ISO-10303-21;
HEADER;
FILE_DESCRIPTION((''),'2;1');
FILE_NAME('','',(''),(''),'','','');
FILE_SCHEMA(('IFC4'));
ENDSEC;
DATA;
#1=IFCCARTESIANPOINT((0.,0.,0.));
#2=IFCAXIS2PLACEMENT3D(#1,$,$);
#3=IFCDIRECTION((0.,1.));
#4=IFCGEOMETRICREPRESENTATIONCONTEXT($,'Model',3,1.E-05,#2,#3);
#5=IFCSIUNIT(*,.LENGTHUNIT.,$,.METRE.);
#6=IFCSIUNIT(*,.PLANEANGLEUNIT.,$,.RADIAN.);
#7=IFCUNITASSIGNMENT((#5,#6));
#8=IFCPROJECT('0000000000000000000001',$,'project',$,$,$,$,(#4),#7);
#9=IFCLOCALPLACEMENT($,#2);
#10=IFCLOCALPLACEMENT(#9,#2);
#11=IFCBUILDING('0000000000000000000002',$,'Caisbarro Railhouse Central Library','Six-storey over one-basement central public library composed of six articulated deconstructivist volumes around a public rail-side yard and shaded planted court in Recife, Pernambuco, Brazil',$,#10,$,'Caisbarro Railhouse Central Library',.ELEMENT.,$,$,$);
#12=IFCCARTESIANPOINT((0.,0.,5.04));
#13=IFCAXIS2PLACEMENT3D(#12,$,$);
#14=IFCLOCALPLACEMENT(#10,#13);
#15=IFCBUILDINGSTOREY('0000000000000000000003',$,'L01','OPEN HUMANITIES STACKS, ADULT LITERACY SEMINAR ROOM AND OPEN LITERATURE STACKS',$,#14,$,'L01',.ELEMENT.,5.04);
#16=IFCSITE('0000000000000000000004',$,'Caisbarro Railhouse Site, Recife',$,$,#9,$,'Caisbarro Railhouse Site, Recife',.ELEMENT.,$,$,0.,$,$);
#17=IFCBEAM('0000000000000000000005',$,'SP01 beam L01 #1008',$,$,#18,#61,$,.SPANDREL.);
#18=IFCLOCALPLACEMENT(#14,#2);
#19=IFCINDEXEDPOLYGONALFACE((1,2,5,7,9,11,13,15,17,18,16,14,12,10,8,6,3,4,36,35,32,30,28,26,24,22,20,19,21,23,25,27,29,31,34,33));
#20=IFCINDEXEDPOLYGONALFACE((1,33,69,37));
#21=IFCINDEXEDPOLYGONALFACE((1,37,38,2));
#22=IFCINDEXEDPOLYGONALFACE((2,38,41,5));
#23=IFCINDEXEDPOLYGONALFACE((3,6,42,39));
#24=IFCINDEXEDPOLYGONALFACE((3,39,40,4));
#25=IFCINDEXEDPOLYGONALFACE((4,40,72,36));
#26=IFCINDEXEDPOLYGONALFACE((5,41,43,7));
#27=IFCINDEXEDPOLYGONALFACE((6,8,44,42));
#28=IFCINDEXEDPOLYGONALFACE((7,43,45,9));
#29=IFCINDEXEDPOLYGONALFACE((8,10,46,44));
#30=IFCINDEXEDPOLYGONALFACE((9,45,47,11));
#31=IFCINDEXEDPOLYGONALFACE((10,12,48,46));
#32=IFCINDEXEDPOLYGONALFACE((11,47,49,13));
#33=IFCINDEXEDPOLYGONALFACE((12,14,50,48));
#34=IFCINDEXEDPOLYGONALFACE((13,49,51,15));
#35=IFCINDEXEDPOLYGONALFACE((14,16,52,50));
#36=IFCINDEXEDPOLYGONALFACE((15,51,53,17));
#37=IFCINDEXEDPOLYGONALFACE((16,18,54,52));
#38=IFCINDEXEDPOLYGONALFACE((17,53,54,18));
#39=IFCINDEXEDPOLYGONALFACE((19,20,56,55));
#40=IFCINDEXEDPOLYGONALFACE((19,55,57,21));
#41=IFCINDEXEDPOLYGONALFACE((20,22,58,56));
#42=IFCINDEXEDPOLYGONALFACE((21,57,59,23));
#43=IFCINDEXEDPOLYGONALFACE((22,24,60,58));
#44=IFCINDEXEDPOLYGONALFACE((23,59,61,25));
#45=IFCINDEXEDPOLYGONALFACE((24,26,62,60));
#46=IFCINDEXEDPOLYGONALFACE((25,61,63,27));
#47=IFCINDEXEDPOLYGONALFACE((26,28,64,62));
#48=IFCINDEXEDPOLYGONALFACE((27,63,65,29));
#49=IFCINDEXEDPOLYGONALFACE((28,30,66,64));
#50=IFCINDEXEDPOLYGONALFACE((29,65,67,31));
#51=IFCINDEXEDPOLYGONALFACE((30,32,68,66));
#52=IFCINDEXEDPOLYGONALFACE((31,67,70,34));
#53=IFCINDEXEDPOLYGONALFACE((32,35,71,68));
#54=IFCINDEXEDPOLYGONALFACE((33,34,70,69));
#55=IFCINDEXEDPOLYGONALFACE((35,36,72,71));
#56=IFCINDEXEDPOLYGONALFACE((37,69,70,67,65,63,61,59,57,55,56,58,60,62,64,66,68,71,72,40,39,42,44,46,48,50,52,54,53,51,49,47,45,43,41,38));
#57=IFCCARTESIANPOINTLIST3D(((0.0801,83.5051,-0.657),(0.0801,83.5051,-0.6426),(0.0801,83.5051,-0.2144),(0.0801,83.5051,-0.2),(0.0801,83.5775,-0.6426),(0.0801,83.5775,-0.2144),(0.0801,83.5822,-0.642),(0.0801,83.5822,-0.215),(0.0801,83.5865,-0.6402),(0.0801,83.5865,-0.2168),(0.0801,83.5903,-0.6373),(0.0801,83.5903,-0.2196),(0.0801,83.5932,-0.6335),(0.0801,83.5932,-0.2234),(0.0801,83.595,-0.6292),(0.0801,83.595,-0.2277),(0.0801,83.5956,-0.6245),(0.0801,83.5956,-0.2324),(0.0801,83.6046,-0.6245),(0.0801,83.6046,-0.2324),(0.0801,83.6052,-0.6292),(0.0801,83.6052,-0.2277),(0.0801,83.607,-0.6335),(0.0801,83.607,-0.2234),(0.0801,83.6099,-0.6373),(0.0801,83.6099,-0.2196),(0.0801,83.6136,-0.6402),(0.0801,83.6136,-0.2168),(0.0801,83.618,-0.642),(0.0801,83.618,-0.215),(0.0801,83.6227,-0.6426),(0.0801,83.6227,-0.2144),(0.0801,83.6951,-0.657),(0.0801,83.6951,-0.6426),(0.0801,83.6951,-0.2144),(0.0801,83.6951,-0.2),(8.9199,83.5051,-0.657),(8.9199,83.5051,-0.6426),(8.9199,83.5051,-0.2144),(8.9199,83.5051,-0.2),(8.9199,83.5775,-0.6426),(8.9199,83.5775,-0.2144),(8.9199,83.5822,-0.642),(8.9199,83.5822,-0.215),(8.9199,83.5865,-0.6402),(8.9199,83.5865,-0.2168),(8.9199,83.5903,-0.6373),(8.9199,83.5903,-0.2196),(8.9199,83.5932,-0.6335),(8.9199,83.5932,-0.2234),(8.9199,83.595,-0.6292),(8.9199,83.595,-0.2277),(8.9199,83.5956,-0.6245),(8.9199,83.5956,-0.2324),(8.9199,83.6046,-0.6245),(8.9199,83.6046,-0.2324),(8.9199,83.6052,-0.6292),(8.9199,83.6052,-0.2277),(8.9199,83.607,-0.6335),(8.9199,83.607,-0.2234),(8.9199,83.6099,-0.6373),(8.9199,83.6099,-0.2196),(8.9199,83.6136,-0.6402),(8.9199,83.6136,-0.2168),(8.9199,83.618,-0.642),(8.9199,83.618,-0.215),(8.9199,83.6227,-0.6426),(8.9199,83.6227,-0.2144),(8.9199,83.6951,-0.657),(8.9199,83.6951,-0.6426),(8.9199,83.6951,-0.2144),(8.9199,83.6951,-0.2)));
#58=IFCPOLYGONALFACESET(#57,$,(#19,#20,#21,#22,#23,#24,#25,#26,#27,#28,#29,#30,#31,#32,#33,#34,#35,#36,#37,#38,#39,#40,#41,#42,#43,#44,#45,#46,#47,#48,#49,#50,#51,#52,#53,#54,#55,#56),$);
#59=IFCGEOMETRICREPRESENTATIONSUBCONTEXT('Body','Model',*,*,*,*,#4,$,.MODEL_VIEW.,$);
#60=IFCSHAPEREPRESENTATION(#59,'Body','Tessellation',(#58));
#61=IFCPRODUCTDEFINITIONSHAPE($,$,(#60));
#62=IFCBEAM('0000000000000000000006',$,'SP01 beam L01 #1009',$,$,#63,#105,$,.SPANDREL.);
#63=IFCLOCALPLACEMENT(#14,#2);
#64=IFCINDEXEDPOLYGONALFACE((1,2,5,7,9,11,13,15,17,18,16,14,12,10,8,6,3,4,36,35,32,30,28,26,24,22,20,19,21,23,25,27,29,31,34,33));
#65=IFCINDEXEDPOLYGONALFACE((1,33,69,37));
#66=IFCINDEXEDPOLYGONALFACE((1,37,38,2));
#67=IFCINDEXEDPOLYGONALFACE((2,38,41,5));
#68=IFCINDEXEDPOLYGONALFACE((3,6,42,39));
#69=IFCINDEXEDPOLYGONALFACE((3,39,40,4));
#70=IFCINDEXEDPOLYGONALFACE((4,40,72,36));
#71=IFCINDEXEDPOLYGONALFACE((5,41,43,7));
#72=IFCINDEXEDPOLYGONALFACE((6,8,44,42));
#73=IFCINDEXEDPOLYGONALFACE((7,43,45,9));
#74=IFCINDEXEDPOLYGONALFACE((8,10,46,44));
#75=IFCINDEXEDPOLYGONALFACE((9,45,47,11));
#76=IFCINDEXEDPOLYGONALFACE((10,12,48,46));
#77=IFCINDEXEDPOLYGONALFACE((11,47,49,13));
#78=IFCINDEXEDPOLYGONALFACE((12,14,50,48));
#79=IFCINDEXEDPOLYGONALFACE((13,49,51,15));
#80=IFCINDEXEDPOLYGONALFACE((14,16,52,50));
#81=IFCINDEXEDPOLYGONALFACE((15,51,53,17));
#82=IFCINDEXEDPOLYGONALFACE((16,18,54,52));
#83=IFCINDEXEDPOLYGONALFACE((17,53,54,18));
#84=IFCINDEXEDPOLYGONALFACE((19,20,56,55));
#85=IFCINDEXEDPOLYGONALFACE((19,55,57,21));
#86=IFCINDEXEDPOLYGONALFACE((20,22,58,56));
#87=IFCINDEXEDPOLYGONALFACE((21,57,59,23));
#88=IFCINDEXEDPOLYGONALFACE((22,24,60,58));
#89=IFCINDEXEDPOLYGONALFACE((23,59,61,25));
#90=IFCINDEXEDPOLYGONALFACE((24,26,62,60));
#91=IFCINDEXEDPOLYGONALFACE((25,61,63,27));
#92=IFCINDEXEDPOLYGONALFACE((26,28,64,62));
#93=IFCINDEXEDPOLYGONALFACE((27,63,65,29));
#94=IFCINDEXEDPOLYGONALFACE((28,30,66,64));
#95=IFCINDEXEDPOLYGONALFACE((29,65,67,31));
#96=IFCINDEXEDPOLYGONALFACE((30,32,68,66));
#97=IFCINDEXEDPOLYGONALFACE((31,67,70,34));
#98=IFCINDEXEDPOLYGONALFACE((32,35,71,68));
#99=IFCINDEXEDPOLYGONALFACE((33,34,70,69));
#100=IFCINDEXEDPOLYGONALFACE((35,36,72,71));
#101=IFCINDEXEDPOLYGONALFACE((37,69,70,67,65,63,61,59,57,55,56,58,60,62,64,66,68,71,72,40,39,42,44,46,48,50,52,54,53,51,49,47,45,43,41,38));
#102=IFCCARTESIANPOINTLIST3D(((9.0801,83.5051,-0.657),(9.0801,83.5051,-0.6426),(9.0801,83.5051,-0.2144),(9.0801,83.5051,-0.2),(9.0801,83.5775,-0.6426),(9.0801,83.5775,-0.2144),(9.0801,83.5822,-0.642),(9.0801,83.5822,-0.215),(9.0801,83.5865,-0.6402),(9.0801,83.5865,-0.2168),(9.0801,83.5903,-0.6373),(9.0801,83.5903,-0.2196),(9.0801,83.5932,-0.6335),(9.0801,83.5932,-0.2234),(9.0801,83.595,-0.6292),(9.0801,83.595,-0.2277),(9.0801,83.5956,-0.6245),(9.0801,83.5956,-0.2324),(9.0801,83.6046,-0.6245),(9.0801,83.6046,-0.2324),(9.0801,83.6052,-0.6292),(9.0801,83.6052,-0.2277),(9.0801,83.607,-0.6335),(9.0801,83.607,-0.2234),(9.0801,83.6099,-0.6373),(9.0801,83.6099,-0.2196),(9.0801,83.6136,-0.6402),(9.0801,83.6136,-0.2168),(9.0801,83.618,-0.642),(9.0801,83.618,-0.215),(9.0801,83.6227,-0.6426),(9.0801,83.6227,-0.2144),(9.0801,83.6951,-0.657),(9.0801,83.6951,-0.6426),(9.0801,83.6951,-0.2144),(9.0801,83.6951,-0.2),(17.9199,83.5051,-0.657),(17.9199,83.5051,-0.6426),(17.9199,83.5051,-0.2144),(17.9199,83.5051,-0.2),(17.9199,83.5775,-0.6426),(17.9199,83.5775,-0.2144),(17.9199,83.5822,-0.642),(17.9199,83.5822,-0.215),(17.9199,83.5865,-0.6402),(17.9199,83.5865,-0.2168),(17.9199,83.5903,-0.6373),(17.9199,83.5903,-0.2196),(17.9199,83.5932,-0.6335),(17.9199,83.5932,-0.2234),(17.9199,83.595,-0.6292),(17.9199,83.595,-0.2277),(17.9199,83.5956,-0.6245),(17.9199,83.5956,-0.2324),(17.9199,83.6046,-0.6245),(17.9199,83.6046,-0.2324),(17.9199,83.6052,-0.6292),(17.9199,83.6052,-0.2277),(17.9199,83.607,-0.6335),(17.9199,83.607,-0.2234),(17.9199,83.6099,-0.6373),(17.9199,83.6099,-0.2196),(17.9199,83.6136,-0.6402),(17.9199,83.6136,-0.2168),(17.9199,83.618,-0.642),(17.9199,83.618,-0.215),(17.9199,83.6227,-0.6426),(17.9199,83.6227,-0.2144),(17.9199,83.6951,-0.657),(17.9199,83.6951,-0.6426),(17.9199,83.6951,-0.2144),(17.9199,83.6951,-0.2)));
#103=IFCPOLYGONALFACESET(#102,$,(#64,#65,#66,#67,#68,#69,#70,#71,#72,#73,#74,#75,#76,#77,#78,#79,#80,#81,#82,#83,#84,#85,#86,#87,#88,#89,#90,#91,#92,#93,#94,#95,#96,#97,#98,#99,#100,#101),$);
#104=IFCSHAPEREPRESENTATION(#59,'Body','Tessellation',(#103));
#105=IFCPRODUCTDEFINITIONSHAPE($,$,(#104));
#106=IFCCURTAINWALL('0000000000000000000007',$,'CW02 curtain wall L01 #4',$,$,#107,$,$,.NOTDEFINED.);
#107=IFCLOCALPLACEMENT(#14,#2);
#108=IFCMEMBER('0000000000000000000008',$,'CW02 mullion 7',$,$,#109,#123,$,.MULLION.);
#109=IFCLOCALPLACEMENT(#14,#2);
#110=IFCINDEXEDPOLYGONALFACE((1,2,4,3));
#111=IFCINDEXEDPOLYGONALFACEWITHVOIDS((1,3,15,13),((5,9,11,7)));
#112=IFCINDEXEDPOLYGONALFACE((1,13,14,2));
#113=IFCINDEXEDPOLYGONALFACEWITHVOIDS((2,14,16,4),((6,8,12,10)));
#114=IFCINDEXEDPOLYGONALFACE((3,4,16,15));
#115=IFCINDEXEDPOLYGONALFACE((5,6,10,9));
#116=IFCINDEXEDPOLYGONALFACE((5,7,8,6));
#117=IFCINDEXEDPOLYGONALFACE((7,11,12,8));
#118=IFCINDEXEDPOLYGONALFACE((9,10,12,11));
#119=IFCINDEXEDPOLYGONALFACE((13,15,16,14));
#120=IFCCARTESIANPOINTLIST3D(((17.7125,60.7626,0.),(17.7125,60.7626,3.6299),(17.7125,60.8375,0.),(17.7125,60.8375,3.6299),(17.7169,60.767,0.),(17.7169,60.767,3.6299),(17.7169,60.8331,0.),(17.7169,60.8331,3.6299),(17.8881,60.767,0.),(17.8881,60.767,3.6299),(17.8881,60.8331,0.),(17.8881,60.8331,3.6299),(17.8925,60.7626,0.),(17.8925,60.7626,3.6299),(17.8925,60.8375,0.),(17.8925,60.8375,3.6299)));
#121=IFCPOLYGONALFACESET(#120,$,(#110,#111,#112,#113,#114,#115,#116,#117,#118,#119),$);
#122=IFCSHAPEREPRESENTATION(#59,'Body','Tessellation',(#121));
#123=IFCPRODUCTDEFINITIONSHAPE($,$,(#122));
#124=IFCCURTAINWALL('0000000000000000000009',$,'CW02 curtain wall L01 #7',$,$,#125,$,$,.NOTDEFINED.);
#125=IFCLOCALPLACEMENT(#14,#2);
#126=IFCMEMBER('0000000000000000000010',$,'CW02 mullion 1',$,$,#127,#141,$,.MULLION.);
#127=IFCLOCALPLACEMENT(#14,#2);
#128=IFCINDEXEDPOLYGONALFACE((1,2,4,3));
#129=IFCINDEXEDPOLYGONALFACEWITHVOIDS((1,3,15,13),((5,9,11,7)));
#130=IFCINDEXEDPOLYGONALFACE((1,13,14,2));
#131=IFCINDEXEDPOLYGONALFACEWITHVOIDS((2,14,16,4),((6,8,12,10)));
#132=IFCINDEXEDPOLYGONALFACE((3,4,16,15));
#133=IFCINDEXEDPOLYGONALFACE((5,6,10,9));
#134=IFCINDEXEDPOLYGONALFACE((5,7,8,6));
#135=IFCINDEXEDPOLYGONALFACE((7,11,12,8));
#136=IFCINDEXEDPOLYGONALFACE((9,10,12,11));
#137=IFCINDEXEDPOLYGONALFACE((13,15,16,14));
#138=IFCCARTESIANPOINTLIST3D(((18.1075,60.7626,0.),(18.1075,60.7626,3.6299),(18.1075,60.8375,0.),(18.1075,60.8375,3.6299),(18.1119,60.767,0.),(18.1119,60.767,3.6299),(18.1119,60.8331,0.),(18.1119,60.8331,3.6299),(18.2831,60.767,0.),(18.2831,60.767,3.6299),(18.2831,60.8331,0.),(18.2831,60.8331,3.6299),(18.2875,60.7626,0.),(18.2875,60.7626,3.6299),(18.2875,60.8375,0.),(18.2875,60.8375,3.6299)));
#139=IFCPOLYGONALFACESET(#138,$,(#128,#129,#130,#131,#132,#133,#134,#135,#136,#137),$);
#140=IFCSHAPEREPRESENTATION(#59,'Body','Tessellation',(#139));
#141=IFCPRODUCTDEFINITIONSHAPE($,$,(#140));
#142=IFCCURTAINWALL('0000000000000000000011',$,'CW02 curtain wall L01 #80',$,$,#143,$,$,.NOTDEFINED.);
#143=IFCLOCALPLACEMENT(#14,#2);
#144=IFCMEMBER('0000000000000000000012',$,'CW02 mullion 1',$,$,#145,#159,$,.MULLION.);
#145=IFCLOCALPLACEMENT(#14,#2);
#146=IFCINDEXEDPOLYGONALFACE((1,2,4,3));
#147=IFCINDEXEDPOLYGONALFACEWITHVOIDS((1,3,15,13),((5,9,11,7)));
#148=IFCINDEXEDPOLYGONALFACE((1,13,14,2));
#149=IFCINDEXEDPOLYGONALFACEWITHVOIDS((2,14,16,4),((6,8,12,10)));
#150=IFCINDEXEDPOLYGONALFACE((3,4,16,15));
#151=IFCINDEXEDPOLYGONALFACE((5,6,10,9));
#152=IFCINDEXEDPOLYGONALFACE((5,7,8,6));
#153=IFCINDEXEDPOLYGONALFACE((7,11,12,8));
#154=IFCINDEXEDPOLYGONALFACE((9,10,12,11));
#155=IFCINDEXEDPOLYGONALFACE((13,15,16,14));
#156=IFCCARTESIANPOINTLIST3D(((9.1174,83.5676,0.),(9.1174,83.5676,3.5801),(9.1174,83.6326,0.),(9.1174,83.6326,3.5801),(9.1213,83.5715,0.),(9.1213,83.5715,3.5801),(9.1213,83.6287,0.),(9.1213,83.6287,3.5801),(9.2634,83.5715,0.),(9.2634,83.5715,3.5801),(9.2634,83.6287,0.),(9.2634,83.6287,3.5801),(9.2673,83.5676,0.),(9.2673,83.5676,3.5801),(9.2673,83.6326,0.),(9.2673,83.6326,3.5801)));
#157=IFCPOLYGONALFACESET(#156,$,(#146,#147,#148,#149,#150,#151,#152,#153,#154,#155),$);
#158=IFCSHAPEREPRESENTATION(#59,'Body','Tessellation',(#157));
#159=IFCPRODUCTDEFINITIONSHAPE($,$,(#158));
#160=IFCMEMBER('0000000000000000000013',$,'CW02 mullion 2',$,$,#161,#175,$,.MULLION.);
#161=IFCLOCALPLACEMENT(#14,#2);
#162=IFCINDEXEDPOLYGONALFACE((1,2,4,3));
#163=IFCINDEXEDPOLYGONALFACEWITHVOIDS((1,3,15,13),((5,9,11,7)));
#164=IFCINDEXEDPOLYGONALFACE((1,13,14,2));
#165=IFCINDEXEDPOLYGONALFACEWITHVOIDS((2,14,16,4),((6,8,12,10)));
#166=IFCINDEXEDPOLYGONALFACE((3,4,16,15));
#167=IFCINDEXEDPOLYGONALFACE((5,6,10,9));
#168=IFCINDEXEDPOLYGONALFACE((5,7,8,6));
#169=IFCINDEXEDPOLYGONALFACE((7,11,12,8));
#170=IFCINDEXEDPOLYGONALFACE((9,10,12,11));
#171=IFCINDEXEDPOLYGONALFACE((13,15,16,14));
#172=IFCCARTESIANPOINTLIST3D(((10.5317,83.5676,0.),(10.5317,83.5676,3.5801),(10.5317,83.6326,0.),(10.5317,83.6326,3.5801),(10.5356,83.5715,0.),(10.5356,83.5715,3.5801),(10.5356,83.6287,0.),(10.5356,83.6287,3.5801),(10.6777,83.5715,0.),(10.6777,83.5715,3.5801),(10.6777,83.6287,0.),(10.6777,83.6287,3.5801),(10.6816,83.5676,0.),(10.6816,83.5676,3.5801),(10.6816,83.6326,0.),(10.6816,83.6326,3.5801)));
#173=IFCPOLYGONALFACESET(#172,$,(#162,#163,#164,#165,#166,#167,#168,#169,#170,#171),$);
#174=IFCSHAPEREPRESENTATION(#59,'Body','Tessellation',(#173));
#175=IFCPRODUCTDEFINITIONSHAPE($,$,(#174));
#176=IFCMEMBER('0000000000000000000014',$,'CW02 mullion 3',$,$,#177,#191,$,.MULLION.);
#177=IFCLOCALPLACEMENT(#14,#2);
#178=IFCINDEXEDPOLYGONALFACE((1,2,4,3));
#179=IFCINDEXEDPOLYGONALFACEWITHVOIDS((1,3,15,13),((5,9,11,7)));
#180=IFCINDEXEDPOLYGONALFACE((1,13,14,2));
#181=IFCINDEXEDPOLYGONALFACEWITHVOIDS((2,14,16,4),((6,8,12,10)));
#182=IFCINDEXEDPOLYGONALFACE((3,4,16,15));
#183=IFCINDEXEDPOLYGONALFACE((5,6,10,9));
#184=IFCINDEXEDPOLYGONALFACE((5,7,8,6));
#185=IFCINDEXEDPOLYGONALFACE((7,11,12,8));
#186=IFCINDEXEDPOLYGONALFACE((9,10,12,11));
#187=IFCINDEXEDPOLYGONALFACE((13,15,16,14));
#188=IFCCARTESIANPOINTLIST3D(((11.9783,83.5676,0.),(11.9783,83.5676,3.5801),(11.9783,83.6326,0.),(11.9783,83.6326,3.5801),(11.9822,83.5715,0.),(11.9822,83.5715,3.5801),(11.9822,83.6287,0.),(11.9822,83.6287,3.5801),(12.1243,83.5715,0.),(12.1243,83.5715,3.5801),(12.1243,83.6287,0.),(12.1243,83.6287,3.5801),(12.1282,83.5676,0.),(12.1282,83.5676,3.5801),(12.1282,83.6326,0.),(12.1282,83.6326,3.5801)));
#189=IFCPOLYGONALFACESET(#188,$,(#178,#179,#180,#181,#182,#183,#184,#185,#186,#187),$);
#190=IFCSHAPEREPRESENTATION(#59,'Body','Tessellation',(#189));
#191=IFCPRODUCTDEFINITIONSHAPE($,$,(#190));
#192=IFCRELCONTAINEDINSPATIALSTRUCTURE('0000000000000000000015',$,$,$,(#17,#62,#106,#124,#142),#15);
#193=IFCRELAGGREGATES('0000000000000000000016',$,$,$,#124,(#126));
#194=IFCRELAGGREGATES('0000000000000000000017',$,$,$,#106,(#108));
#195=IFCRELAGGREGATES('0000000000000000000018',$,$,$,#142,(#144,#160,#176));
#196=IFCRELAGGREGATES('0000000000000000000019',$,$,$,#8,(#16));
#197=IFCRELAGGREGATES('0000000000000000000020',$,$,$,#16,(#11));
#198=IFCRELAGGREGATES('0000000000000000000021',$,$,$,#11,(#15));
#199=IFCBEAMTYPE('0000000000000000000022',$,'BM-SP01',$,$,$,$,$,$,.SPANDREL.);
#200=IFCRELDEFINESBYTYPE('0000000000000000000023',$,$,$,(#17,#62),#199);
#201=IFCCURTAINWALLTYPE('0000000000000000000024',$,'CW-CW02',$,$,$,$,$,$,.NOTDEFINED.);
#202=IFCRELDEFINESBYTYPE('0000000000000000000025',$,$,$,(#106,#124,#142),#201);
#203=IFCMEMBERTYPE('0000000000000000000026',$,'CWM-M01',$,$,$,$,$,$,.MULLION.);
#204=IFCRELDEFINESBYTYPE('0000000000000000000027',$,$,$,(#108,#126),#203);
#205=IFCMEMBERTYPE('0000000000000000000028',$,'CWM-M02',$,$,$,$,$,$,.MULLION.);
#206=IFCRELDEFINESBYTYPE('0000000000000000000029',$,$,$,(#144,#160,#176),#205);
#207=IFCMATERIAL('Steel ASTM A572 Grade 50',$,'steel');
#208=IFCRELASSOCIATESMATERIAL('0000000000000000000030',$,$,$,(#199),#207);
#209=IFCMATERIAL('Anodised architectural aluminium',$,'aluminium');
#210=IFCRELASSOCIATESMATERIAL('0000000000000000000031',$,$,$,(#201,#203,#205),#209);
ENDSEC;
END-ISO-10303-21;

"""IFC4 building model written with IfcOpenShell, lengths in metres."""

from ifc_helpers import new_model, si_unit, direction, frame, origin, origin_2d, place, context, subcontext, project, spatial, hollow_rectangle, i_section, extrude, material, material_profile, profile_set, type_object, element, aggregate, save


model = new_model("IFC4")

# Units and contexts
model_context = context("Model", 3, precision=1e-05, world=origin(), true_north=direction((0.0, 1.0)))
body_context = subcontext(model_context, "Body", "Model", "MODEL_VIEW")
ifc_project = project(units=[si_unit("LENGTHUNIT", "METRE"), si_unit("PLANEANGLEUNIT", "RADIAN")], contexts=[model_context])

# Site, building, storey
site_placement = place(None, origin())
site = spatial("IfcSite", under=ifc_project, at=site_placement, Name="Caisbarro Railhouse Site, Recife", LongName="Caisbarro Railhouse Site, Recife", CompositionType="ELEMENT", RefElevation=0.0)
building_placement = place(site_placement, origin())
building = spatial("IfcBuilding", under=site, at=building_placement, Name="Caisbarro Railhouse Central Library", Description="Six-storey over one-basement central public library composed of six articulated deconstructivist volumes around a public rail-side yard and shaded planted court in Recife, Pernambuco, Brazil", LongName="Caisbarro Railhouse Central Library", CompositionType="ELEMENT")
storey_placement = place(building_placement, frame((0.0, 0.0, 5.04)))
storey = spatial("IfcBuildingStorey", under=building, at=storey_placement, Name="L01", Description="OPEN HUMANITIES STACKS, ADULT LITERACY SEMINAR ROOM AND OPEN LITERATURE STACKS", LongName="L01", CompositionType="ELEMENT", Elevation=5.04)

# Shared definitions
ifc_material_1 = material(Name="Steel ASTM A572 Grade 50", Category="steel")

# Beams
ifc_material_profile_1 = material_profile(ifc_material_1, i_section(OverallWidth=0.1899, OverallDepth=0.457, WebThickness=0.009, FlangeThickness=0.0144, FilletRadius=0.0181, at=origin_2d()), Name="W460X74.0")
ifc_profile_set_1 = profile_set([ifc_material_profile_1], Name="Steel ASTM A572 Grade 50")
beam_type = type_object("IfcBeamType", Name="BM-SP01", PredefinedType="SPANDREL", material=ifc_profile_set_1)
for number, where, z_axis, x_axis, name in (
    (1, (0.0801, 83.6001, -0.4285), (1.0, 0.0, 0.0), (0.0, 1.0, 0.0), "SP01 beam L01 #1008"),
    (2, (9.0801, 83.6001, -0.4285), (1.0, 0.0, 0.0), (0.0, 1.0, 0.0), "SP01 beam L01 #1009"),
):
    element("IfcBeam", number, at=place(storey_placement, frame(where, z_axis=z_axis, x_axis=x_axis)), inside=storey, type_object=beam_type, Name=name, PredefinedType="SPANDREL", context=body_context, shape_type="SweptSolid", body=[
        extrude(i_section(OverallWidth=0.1899, OverallDepth=0.457, WebThickness=0.009, FlangeThickness=0.0144, FilletRadius=0.0181, at=origin_2d()), origin(), (0.0, 0.0, 1.0), 8.8398),
    ])

# Curtain walls, members
ifc_material_2 = material(Name="Anodised architectural aluminium", Category="aluminium")
curtain_wall_type = type_object("IfcCurtainWallType", Name="CW-CW02", PredefinedType="NOTDEFINED", material=ifc_material_2)
curtain_wall_1_placement = place(storey_placement, origin())
curtain_wall_1 = element("IfcCurtainWall", 3, at=curtain_wall_1_placement, inside=storey, type_object=curtain_wall_type, Name="CW02 curtain wall L01 #4", PredefinedType="NOTDEFINED")
ifc_material_profile_2 = material_profile(ifc_material_2, hollow_rectangle(XDim=0.075, YDim=0.1799, WallThickness=0.0044, at=origin_2d()), Name="ALU-MUL-75X180")
ifc_profile_set_2 = profile_set([ifc_material_profile_2], Name="Anodised architectural aluminium")
member_type_1 = type_object("IfcMemberType", Name="CWM-M01", PredefinedType="MULLION", material=ifc_profile_set_2)
member_1_placement = place(storey_placement, frame((17.8025, 60.8, 0.0), z_axis=(0.0, 0.0, 1.0), x_axis=(0.0, 1.0, 0.0)))
member_1 = element("IfcMember", 4, at=member_1_placement, type_object=member_type_1, Name="CW02 mullion 7", PredefinedType="MULLION", context=body_context, shape_type="SweptSolid", body=[
    extrude(hollow_rectangle(XDim=0.075, YDim=0.1799, WallThickness=0.0044, at=origin_2d()), origin(), (0.0, 0.0, 1.0), 3.6299),
])
curtain_wall_2_placement = place(storey_placement, origin())
curtain_wall_2 = element("IfcCurtainWall", 5, at=curtain_wall_2_placement, inside=storey, type_object=curtain_wall_type, Name="CW02 curtain wall L01 #7", PredefinedType="NOTDEFINED")
member_2_placement = place(storey_placement, frame((18.1975, 60.8, 0.0), z_axis=(0.0, 0.0, 1.0), x_axis=(0.0, 1.0, 0.0)))
member_2 = element("IfcMember", 6, at=member_2_placement, type_object=member_type_1, Name="CW02 mullion 1", PredefinedType="MULLION", context=body_context, shape_type="SweptSolid", body=[
    extrude(hollow_rectangle(XDim=0.075, YDim=0.1799, WallThickness=0.0044, at=origin_2d()), origin(), (0.0, 0.0, 1.0), 3.6299),
])
aggregate(curtain_wall_2, [member_2])

# Curtain wall, members
curtain_wall_3_placement = place(storey_placement, origin())
curtain_wall_3 = element("IfcCurtainWall", 7, at=curtain_wall_3_placement, inside=storey, type_object=curtain_wall_type, Name="CW02 curtain wall L01 #80", PredefinedType="NOTDEFINED")
ifc_material_profile_3 = material_profile(ifc_material_2, hollow_rectangle(XDim=0.0649, YDim=0.1499, WallThickness=0.0039, at=origin_2d()), Name="ALU-MUL-65X150")
ifc_profile_set_3 = profile_set([ifc_material_profile_3], Name="Anodised architectural aluminium")
member_type_2 = type_object("IfcMemberType", Name="CWM-M02", PredefinedType="MULLION", material=ifc_profile_set_3)
member_3_placement = place(storey_placement, frame((9.1924, 83.6001, 0.0), z_axis=(0.0, 0.0, 1.0), x_axis=(0.0, 1.0, 0.0)))
member_3 = element("IfcMember", 8, at=member_3_placement, type_object=member_type_2, Name="CW02 mullion 1", PredefinedType="MULLION", context=body_context, shape_type="SweptSolid", body=[
    extrude(hollow_rectangle(XDim=0.0649, YDim=0.1499, WallThickness=0.0039, at=origin_2d()), origin(), (0.0, 0.0, 1.0), 3.5801),
])
member_4_placement = place(storey_placement, frame((10.6067, 83.6001, 0.0), z_axis=(0.0, 0.0, 1.0), x_axis=(0.0, 1.0, 0.0)))
member_4 = element("IfcMember", 9, at=member_4_placement, type_object=member_type_2, Name="CW02 mullion 2", PredefinedType="MULLION", context=body_context, shape_type="SweptSolid", body=[
    extrude(hollow_rectangle(XDim=0.0649, YDim=0.1499, WallThickness=0.0039, at=origin_2d()), origin(), (0.0, 0.0, 1.0), 3.5801),
])
member_5_placement = place(storey_placement, frame((12.0532, 83.6001, 0.0), z_axis=(0.0, 0.0, 1.0), x_axis=(0.0, 1.0, 0.0)))
member_5 = element("IfcMember", 10, at=member_5_placement, type_object=member_type_2, Name="CW02 mullion 3", PredefinedType="MULLION", context=body_context, shape_type="SweptSolid", body=[
    extrude(hollow_rectangle(XDim=0.0649, YDim=0.1499, WallThickness=0.0039, at=origin_2d()), origin(), (0.0, 0.0, 1.0), 3.5801),
])

aggregate(curtain_wall_1, [member_1])
aggregate(curtain_wall_3, [member_3, member_4, member_5])

save(model, "model.ifc")
